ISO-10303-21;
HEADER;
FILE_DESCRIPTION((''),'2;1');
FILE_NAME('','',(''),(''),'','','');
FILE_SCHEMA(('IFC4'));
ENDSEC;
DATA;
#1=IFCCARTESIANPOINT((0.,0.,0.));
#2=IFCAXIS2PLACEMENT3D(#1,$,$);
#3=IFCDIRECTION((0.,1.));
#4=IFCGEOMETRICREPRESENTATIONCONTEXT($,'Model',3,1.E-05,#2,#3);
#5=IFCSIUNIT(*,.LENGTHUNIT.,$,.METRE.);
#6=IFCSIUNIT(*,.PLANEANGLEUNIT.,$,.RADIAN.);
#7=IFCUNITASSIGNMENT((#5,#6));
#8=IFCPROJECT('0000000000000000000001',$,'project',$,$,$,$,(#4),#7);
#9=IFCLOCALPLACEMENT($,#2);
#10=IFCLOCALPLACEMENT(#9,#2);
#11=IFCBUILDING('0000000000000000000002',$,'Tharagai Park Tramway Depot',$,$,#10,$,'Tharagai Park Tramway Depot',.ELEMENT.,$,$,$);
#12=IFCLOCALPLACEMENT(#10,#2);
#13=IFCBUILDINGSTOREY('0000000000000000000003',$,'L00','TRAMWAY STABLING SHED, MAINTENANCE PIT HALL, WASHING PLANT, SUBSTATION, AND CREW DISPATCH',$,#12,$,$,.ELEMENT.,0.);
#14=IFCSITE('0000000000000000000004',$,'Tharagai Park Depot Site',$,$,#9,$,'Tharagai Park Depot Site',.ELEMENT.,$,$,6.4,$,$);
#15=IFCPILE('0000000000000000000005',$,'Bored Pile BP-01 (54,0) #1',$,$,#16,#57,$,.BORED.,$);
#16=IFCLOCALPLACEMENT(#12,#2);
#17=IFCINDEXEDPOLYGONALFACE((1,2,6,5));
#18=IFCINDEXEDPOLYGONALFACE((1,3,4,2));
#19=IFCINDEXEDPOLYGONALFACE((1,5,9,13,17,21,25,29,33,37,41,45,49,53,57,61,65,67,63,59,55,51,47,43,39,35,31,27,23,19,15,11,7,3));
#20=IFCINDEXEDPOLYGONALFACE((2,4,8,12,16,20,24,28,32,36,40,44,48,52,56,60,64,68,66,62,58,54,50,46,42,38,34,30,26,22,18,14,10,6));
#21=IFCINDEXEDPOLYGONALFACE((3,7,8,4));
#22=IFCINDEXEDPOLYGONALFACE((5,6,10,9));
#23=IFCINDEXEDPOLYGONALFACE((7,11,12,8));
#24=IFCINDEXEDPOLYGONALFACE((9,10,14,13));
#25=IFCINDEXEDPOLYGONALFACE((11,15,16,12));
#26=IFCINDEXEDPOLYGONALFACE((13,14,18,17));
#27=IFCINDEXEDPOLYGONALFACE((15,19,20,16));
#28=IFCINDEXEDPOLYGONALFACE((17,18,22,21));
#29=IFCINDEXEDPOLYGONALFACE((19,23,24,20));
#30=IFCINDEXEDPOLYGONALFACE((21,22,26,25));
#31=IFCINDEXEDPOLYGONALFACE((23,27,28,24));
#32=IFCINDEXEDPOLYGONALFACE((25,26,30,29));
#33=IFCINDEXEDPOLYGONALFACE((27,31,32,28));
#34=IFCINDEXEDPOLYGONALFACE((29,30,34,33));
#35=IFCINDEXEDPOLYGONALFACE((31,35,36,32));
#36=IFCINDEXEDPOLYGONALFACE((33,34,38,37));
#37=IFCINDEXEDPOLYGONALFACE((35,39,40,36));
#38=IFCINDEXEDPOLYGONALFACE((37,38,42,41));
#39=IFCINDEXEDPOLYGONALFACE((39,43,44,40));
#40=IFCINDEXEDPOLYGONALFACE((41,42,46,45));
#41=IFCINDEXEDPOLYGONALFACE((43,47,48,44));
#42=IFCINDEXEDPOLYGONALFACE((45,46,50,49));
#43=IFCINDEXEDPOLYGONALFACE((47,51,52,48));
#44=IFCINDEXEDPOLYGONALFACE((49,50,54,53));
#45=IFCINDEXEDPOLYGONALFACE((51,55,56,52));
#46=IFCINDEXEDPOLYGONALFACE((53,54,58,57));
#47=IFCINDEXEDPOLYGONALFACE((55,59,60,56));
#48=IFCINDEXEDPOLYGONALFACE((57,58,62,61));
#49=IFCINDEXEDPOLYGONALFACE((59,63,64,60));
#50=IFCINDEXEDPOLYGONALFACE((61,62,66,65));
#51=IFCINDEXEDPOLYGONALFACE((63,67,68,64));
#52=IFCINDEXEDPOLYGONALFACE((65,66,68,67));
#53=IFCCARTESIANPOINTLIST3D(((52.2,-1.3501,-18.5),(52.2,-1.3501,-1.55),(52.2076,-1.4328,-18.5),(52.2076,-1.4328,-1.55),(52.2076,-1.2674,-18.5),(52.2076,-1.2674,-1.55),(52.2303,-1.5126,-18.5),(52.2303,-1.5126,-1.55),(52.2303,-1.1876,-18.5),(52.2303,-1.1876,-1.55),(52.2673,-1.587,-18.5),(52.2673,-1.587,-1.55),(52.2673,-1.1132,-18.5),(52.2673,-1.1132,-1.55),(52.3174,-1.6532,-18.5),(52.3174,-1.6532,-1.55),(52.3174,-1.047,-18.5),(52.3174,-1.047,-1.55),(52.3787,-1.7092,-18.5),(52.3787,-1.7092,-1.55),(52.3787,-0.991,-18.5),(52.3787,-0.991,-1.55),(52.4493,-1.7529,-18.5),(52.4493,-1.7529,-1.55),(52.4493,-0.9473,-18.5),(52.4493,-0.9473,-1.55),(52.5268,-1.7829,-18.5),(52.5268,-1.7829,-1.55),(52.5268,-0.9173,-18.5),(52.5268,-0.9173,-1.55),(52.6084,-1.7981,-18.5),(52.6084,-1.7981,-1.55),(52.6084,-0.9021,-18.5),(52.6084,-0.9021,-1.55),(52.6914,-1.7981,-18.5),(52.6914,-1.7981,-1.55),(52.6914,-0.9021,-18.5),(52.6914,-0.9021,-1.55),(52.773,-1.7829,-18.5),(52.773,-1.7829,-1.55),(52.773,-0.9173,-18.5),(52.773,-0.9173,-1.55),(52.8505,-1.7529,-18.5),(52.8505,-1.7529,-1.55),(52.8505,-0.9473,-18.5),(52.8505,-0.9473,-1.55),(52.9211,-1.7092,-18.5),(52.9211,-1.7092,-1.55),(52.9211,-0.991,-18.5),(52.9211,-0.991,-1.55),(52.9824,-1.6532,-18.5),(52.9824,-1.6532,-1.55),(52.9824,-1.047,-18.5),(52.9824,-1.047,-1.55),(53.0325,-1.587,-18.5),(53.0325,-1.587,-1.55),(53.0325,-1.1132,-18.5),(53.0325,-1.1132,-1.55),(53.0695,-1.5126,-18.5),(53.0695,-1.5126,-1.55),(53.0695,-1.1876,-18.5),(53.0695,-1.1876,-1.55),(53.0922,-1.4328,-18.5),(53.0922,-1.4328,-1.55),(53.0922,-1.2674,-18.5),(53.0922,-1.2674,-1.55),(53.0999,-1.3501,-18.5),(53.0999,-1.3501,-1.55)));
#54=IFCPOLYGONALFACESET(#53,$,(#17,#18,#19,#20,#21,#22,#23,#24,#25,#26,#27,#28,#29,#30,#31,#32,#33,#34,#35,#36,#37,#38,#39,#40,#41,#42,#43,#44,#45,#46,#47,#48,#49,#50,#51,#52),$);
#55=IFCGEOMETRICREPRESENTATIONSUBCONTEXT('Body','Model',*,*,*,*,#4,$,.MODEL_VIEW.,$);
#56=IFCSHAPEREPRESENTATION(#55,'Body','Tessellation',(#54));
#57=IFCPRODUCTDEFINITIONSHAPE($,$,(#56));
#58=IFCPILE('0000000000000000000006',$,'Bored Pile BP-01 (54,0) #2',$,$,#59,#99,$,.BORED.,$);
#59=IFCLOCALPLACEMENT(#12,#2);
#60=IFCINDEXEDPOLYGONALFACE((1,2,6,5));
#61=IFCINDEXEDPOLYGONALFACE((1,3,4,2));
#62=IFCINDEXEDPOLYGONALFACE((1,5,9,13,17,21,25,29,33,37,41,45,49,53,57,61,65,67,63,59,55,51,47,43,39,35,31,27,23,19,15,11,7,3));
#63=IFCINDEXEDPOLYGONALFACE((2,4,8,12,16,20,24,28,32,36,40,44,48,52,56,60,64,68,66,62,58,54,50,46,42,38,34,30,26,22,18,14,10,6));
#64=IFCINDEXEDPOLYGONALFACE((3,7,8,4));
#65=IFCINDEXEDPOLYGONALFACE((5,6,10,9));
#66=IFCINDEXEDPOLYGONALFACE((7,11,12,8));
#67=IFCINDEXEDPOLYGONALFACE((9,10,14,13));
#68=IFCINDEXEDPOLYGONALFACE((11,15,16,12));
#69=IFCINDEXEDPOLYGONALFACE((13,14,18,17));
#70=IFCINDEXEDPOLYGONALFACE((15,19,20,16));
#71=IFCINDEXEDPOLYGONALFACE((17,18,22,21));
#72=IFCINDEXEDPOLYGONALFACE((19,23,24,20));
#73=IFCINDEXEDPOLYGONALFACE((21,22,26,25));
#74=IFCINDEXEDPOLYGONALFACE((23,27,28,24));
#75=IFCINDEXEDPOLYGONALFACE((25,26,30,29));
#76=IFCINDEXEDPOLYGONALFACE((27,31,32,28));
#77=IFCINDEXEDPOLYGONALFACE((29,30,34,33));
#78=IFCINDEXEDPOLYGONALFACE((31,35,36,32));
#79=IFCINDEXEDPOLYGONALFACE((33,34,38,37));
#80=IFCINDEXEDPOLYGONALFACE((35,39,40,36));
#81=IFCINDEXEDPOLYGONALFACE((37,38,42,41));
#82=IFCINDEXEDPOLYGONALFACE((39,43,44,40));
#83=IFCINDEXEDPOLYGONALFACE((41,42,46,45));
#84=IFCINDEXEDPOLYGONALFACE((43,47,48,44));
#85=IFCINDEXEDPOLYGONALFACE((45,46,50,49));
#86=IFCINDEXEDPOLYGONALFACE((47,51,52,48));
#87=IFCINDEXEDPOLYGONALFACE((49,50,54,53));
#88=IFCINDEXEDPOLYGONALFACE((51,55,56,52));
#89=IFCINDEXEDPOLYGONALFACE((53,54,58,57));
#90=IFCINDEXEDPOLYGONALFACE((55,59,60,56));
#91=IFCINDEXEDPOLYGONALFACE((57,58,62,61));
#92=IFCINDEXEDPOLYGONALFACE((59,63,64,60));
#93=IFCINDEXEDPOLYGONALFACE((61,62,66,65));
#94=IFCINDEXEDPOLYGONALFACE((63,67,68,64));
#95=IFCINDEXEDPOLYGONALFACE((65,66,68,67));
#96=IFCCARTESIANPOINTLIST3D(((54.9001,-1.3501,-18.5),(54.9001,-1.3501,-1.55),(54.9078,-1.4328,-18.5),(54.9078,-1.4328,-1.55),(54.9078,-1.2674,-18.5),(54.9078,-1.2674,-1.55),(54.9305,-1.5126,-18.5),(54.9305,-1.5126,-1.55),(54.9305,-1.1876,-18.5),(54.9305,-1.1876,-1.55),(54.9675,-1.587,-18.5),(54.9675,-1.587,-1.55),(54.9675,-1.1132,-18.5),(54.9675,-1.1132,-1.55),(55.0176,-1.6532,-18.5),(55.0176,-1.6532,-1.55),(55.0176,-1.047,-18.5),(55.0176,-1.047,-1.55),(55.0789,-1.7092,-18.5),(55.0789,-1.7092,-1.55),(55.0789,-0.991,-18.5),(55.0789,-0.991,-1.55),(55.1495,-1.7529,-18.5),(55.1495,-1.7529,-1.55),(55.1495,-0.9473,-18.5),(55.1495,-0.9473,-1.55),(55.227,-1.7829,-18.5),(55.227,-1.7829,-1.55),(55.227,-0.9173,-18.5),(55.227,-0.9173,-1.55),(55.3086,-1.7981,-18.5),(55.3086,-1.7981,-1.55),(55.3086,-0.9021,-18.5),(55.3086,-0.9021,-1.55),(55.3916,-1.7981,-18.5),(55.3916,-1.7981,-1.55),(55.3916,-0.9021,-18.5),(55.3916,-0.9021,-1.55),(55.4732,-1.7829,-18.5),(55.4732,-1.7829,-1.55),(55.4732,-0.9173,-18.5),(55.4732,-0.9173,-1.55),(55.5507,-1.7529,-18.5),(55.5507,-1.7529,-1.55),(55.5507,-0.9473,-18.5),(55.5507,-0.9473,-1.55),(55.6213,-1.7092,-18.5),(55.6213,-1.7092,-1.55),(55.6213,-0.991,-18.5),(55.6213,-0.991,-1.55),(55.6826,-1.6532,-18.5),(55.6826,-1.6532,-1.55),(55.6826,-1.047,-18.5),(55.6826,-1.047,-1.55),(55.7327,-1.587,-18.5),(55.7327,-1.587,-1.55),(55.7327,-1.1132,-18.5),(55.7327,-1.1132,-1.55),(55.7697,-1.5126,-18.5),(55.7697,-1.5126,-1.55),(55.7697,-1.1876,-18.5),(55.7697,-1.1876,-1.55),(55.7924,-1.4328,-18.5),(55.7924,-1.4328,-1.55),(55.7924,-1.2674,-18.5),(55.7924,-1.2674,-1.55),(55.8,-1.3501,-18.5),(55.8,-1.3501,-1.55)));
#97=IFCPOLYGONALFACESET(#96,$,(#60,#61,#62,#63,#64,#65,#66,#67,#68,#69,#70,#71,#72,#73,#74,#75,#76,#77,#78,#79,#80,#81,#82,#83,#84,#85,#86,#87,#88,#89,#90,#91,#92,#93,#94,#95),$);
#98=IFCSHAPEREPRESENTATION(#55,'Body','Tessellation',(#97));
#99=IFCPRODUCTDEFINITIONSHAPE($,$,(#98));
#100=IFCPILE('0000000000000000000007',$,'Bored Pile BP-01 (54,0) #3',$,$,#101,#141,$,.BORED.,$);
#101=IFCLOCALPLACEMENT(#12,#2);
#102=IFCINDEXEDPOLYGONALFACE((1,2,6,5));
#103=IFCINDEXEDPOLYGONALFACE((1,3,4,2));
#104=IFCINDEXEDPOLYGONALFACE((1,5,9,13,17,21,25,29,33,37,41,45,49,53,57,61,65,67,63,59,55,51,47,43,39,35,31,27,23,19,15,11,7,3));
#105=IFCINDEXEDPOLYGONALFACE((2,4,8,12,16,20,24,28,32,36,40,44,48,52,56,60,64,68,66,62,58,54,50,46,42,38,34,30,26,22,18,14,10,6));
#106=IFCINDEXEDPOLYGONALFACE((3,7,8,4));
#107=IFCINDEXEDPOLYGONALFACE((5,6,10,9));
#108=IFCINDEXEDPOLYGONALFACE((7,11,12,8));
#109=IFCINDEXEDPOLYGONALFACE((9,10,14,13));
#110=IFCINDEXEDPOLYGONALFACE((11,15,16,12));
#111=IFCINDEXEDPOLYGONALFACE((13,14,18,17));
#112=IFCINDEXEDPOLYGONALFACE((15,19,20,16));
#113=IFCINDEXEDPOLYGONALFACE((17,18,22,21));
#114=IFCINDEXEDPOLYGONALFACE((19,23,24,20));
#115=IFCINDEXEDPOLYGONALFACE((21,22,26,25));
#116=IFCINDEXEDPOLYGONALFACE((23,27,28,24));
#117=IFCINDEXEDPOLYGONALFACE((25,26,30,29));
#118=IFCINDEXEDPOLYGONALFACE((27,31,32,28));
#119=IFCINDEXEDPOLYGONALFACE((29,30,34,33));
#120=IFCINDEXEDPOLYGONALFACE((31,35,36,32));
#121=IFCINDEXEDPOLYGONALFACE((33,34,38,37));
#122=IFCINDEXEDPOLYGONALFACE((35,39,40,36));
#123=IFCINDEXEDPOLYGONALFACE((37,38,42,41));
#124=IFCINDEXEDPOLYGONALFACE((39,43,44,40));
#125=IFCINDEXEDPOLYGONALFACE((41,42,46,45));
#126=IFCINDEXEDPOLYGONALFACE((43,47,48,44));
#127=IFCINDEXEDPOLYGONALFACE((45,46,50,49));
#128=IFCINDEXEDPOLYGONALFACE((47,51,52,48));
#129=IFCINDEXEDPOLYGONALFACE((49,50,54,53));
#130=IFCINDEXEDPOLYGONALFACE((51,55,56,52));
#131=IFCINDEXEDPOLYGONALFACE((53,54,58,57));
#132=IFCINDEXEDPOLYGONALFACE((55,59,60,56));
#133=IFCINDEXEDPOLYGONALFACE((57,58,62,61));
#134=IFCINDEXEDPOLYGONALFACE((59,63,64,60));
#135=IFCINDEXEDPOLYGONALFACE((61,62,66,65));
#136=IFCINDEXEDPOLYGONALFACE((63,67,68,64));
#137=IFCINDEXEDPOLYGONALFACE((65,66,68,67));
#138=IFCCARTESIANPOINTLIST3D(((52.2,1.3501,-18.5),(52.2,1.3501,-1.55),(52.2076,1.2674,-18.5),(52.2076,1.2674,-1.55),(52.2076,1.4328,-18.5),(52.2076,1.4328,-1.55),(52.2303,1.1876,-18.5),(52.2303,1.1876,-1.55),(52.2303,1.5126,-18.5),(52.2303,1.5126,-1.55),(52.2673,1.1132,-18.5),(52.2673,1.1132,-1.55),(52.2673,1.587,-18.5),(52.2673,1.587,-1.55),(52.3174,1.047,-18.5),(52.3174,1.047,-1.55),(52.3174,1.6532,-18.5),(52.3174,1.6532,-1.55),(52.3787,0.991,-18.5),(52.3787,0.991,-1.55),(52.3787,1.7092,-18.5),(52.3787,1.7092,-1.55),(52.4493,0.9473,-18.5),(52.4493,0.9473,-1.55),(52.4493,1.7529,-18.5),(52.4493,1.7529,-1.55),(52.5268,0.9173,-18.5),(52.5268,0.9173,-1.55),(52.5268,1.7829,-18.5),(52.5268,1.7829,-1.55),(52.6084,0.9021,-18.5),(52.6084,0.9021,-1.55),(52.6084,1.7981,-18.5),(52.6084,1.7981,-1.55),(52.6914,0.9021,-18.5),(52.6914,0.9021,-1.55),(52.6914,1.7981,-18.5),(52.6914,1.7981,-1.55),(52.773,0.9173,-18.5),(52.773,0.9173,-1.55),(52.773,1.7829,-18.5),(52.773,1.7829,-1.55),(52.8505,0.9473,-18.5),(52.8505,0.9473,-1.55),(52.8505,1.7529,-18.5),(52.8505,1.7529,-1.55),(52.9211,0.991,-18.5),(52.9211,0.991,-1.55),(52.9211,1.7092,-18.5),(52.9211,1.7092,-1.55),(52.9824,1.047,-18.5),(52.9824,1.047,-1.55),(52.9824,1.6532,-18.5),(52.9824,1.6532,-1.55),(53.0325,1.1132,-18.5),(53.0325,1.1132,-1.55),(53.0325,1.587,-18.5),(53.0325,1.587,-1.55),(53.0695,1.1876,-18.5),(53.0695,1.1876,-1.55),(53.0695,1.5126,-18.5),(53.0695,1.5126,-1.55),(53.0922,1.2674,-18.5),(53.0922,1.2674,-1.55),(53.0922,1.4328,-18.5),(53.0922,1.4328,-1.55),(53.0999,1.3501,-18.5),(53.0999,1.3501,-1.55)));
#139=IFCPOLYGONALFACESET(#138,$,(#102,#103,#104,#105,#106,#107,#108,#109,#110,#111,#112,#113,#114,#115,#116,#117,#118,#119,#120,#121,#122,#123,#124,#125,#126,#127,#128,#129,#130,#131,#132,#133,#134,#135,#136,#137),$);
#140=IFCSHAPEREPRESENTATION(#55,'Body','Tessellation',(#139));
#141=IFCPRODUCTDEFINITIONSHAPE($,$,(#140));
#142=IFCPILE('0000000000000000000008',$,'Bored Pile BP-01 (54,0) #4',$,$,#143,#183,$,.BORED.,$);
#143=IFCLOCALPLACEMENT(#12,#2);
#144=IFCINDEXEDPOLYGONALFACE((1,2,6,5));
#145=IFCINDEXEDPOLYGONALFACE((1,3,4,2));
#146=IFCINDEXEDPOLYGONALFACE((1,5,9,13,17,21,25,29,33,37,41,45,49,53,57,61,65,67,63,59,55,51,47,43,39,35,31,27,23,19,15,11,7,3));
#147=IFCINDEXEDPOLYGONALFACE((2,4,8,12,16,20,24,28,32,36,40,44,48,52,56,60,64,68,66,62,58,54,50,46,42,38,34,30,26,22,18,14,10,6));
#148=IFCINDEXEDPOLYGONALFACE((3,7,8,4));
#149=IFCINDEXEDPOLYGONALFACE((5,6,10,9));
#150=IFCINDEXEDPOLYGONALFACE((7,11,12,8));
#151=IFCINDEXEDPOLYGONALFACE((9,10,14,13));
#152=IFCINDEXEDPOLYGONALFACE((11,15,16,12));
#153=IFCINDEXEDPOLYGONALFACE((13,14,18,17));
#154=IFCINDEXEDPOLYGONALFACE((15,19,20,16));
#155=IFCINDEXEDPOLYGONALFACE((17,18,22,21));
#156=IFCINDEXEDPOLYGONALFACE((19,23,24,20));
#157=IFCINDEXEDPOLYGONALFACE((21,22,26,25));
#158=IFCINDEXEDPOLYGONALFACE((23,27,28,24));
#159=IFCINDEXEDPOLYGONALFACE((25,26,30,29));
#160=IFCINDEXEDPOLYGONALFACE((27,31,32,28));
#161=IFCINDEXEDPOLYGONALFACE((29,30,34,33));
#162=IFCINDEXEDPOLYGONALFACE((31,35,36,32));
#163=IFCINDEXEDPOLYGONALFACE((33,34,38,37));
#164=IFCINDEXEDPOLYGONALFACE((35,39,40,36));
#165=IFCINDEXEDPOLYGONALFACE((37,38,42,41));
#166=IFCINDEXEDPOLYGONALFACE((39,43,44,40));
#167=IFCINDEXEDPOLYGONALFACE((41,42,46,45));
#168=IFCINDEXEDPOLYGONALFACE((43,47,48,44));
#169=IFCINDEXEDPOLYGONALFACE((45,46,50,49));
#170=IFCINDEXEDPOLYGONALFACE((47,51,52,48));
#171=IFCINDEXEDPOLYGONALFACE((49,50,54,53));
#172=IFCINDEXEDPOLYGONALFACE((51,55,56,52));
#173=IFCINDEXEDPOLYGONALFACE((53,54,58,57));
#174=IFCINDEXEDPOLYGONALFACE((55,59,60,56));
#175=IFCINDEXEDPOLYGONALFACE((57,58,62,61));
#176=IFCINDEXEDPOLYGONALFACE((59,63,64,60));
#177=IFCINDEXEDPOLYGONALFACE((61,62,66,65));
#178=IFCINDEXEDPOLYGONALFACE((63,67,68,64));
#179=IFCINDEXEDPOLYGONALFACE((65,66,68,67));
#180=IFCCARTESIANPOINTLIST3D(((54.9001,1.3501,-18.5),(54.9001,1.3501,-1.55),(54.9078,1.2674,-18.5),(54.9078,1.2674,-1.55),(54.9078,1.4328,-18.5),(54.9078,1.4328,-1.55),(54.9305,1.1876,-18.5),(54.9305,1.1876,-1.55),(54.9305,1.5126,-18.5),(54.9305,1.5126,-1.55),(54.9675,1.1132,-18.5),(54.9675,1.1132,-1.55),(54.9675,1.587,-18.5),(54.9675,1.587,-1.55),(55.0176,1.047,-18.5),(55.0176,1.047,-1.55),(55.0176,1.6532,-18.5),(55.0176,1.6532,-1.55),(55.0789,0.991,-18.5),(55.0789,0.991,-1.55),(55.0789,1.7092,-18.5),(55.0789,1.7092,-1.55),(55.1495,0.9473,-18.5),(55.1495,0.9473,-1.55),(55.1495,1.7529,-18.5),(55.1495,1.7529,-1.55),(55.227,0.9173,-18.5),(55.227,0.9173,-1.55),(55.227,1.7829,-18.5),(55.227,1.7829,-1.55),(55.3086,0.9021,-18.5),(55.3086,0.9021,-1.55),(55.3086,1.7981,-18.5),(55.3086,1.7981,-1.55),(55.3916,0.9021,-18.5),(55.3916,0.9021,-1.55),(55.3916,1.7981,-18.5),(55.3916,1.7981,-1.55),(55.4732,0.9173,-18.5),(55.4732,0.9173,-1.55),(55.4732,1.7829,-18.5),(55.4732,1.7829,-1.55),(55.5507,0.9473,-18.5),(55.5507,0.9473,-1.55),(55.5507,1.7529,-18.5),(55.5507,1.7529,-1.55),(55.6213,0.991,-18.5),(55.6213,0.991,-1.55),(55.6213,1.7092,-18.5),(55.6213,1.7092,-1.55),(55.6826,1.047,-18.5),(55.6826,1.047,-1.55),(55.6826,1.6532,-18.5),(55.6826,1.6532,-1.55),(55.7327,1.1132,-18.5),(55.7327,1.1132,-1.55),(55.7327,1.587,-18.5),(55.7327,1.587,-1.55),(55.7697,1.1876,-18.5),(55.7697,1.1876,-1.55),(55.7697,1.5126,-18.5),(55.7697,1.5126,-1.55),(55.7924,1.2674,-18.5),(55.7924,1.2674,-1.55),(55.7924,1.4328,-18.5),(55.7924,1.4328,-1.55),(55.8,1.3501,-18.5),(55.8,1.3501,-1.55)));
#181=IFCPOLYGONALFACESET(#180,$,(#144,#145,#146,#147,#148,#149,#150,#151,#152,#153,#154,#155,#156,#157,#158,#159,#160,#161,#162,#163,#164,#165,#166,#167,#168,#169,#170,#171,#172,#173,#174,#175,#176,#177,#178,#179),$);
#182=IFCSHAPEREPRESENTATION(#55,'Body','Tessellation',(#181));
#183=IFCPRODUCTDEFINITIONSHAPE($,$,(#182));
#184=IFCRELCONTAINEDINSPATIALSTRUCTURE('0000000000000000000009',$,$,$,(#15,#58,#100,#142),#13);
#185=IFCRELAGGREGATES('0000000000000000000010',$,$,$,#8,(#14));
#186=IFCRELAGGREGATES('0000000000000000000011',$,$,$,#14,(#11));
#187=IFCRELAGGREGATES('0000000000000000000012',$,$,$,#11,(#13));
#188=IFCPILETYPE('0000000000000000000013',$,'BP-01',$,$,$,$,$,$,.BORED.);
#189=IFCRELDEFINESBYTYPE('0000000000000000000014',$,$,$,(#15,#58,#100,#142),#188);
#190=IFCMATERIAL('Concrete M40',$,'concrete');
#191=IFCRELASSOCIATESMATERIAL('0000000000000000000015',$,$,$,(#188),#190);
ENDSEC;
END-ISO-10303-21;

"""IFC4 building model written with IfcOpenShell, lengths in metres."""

from ifc_helpers import new_model, si_unit, direction, frame, origin, origin_2d, place, context, subcontext, project, spatial, circle, extrude, material, material_profile, profile_set, type_object, element, save


model = new_model("IFC4")

# Units and contexts
model_context = context("Model", 3, precision=1e-05, world=origin(), true_north=direction((0.0, 1.0)))
body_context = subcontext(model_context, "Body", "Model", "MODEL_VIEW")
ifc_project = project(units=[si_unit("LENGTHUNIT", "METRE"), si_unit("PLANEANGLEUNIT", "RADIAN")], contexts=[model_context])

# Site, building, storey
site_placement = place(None, origin())
site = spatial("IfcSite", under=ifc_project, at=site_placement, Name="Tharagai Park Depot Site", LongName="Tharagai Park Depot Site", CompositionType="ELEMENT", RefElevation=6.4)
building_placement = place(site_placement, origin())
building = spatial("IfcBuilding", under=site, at=building_placement, Name="Tharagai Park Tramway Depot", LongName="Tharagai Park Tramway Depot", CompositionType="ELEMENT")
storey_placement = place(building_placement, origin())
storey = spatial("IfcBuildingStorey", under=building, at=storey_placement, Name="L00", Description="TRAMWAY STABLING SHED, MAINTENANCE PIT HALL, WASHING PLANT, SUBSTATION, AND CREW DISPATCH", CompositionType="ELEMENT", Elevation=0.0)

# Piles
ifc_material_1 = material(Name="Concrete M40", Category="concrete")
ifc_material_profile_1 = material_profile(ifc_material_1, circle(Radius=0.45, at=origin_2d()), Name="PILE D900")
ifc_profile_set_1 = profile_set([ifc_material_profile_1], Name="Concrete M40")
pile_type_1 = type_object("IfcPileType", Name="BP-01", PredefinedType="BORED", material=ifc_profile_set_1)
for number, where, z_axis, x_axis, name in (
    (1, (52.6499, -1.3501, -1.55), (0.0, 0.0, -1.0), (1.0, 0.0, 0.0), "Bored Pile BP-01 (54,0) #1"),
    (2, (55.3501, -1.3501, -1.55), (0.0, 0.0, -1.0), (1.0, 0.0, 0.0), "Bored Pile BP-01 (54,0) #2"),
    (3, (52.6499, 1.3501, -1.55), (0.0, 0.0, -1.0), (1.0, 0.0, 0.0), "Bored Pile BP-01 (54,0) #3"),
    (4, (55.3501, 1.3501, -1.55), (0.0, 0.0, -1.0), (1.0, 0.0, 0.0), "Bored Pile BP-01 (54,0) #4"),
):
    element("IfcPile", number, at=place(storey_placement, frame(where, z_axis=z_axis, x_axis=x_axis)), inside=storey, type_object=pile_type_1, Name=name, PredefinedType="BORED", context=body_context, shape_type="SweptSolid", body=[
        extrude(circle(Radius=0.45, at=origin_2d()), origin(), (0.0, 0.0, 1.0), 16.95),
    ])

save(model, "model.ifc")
